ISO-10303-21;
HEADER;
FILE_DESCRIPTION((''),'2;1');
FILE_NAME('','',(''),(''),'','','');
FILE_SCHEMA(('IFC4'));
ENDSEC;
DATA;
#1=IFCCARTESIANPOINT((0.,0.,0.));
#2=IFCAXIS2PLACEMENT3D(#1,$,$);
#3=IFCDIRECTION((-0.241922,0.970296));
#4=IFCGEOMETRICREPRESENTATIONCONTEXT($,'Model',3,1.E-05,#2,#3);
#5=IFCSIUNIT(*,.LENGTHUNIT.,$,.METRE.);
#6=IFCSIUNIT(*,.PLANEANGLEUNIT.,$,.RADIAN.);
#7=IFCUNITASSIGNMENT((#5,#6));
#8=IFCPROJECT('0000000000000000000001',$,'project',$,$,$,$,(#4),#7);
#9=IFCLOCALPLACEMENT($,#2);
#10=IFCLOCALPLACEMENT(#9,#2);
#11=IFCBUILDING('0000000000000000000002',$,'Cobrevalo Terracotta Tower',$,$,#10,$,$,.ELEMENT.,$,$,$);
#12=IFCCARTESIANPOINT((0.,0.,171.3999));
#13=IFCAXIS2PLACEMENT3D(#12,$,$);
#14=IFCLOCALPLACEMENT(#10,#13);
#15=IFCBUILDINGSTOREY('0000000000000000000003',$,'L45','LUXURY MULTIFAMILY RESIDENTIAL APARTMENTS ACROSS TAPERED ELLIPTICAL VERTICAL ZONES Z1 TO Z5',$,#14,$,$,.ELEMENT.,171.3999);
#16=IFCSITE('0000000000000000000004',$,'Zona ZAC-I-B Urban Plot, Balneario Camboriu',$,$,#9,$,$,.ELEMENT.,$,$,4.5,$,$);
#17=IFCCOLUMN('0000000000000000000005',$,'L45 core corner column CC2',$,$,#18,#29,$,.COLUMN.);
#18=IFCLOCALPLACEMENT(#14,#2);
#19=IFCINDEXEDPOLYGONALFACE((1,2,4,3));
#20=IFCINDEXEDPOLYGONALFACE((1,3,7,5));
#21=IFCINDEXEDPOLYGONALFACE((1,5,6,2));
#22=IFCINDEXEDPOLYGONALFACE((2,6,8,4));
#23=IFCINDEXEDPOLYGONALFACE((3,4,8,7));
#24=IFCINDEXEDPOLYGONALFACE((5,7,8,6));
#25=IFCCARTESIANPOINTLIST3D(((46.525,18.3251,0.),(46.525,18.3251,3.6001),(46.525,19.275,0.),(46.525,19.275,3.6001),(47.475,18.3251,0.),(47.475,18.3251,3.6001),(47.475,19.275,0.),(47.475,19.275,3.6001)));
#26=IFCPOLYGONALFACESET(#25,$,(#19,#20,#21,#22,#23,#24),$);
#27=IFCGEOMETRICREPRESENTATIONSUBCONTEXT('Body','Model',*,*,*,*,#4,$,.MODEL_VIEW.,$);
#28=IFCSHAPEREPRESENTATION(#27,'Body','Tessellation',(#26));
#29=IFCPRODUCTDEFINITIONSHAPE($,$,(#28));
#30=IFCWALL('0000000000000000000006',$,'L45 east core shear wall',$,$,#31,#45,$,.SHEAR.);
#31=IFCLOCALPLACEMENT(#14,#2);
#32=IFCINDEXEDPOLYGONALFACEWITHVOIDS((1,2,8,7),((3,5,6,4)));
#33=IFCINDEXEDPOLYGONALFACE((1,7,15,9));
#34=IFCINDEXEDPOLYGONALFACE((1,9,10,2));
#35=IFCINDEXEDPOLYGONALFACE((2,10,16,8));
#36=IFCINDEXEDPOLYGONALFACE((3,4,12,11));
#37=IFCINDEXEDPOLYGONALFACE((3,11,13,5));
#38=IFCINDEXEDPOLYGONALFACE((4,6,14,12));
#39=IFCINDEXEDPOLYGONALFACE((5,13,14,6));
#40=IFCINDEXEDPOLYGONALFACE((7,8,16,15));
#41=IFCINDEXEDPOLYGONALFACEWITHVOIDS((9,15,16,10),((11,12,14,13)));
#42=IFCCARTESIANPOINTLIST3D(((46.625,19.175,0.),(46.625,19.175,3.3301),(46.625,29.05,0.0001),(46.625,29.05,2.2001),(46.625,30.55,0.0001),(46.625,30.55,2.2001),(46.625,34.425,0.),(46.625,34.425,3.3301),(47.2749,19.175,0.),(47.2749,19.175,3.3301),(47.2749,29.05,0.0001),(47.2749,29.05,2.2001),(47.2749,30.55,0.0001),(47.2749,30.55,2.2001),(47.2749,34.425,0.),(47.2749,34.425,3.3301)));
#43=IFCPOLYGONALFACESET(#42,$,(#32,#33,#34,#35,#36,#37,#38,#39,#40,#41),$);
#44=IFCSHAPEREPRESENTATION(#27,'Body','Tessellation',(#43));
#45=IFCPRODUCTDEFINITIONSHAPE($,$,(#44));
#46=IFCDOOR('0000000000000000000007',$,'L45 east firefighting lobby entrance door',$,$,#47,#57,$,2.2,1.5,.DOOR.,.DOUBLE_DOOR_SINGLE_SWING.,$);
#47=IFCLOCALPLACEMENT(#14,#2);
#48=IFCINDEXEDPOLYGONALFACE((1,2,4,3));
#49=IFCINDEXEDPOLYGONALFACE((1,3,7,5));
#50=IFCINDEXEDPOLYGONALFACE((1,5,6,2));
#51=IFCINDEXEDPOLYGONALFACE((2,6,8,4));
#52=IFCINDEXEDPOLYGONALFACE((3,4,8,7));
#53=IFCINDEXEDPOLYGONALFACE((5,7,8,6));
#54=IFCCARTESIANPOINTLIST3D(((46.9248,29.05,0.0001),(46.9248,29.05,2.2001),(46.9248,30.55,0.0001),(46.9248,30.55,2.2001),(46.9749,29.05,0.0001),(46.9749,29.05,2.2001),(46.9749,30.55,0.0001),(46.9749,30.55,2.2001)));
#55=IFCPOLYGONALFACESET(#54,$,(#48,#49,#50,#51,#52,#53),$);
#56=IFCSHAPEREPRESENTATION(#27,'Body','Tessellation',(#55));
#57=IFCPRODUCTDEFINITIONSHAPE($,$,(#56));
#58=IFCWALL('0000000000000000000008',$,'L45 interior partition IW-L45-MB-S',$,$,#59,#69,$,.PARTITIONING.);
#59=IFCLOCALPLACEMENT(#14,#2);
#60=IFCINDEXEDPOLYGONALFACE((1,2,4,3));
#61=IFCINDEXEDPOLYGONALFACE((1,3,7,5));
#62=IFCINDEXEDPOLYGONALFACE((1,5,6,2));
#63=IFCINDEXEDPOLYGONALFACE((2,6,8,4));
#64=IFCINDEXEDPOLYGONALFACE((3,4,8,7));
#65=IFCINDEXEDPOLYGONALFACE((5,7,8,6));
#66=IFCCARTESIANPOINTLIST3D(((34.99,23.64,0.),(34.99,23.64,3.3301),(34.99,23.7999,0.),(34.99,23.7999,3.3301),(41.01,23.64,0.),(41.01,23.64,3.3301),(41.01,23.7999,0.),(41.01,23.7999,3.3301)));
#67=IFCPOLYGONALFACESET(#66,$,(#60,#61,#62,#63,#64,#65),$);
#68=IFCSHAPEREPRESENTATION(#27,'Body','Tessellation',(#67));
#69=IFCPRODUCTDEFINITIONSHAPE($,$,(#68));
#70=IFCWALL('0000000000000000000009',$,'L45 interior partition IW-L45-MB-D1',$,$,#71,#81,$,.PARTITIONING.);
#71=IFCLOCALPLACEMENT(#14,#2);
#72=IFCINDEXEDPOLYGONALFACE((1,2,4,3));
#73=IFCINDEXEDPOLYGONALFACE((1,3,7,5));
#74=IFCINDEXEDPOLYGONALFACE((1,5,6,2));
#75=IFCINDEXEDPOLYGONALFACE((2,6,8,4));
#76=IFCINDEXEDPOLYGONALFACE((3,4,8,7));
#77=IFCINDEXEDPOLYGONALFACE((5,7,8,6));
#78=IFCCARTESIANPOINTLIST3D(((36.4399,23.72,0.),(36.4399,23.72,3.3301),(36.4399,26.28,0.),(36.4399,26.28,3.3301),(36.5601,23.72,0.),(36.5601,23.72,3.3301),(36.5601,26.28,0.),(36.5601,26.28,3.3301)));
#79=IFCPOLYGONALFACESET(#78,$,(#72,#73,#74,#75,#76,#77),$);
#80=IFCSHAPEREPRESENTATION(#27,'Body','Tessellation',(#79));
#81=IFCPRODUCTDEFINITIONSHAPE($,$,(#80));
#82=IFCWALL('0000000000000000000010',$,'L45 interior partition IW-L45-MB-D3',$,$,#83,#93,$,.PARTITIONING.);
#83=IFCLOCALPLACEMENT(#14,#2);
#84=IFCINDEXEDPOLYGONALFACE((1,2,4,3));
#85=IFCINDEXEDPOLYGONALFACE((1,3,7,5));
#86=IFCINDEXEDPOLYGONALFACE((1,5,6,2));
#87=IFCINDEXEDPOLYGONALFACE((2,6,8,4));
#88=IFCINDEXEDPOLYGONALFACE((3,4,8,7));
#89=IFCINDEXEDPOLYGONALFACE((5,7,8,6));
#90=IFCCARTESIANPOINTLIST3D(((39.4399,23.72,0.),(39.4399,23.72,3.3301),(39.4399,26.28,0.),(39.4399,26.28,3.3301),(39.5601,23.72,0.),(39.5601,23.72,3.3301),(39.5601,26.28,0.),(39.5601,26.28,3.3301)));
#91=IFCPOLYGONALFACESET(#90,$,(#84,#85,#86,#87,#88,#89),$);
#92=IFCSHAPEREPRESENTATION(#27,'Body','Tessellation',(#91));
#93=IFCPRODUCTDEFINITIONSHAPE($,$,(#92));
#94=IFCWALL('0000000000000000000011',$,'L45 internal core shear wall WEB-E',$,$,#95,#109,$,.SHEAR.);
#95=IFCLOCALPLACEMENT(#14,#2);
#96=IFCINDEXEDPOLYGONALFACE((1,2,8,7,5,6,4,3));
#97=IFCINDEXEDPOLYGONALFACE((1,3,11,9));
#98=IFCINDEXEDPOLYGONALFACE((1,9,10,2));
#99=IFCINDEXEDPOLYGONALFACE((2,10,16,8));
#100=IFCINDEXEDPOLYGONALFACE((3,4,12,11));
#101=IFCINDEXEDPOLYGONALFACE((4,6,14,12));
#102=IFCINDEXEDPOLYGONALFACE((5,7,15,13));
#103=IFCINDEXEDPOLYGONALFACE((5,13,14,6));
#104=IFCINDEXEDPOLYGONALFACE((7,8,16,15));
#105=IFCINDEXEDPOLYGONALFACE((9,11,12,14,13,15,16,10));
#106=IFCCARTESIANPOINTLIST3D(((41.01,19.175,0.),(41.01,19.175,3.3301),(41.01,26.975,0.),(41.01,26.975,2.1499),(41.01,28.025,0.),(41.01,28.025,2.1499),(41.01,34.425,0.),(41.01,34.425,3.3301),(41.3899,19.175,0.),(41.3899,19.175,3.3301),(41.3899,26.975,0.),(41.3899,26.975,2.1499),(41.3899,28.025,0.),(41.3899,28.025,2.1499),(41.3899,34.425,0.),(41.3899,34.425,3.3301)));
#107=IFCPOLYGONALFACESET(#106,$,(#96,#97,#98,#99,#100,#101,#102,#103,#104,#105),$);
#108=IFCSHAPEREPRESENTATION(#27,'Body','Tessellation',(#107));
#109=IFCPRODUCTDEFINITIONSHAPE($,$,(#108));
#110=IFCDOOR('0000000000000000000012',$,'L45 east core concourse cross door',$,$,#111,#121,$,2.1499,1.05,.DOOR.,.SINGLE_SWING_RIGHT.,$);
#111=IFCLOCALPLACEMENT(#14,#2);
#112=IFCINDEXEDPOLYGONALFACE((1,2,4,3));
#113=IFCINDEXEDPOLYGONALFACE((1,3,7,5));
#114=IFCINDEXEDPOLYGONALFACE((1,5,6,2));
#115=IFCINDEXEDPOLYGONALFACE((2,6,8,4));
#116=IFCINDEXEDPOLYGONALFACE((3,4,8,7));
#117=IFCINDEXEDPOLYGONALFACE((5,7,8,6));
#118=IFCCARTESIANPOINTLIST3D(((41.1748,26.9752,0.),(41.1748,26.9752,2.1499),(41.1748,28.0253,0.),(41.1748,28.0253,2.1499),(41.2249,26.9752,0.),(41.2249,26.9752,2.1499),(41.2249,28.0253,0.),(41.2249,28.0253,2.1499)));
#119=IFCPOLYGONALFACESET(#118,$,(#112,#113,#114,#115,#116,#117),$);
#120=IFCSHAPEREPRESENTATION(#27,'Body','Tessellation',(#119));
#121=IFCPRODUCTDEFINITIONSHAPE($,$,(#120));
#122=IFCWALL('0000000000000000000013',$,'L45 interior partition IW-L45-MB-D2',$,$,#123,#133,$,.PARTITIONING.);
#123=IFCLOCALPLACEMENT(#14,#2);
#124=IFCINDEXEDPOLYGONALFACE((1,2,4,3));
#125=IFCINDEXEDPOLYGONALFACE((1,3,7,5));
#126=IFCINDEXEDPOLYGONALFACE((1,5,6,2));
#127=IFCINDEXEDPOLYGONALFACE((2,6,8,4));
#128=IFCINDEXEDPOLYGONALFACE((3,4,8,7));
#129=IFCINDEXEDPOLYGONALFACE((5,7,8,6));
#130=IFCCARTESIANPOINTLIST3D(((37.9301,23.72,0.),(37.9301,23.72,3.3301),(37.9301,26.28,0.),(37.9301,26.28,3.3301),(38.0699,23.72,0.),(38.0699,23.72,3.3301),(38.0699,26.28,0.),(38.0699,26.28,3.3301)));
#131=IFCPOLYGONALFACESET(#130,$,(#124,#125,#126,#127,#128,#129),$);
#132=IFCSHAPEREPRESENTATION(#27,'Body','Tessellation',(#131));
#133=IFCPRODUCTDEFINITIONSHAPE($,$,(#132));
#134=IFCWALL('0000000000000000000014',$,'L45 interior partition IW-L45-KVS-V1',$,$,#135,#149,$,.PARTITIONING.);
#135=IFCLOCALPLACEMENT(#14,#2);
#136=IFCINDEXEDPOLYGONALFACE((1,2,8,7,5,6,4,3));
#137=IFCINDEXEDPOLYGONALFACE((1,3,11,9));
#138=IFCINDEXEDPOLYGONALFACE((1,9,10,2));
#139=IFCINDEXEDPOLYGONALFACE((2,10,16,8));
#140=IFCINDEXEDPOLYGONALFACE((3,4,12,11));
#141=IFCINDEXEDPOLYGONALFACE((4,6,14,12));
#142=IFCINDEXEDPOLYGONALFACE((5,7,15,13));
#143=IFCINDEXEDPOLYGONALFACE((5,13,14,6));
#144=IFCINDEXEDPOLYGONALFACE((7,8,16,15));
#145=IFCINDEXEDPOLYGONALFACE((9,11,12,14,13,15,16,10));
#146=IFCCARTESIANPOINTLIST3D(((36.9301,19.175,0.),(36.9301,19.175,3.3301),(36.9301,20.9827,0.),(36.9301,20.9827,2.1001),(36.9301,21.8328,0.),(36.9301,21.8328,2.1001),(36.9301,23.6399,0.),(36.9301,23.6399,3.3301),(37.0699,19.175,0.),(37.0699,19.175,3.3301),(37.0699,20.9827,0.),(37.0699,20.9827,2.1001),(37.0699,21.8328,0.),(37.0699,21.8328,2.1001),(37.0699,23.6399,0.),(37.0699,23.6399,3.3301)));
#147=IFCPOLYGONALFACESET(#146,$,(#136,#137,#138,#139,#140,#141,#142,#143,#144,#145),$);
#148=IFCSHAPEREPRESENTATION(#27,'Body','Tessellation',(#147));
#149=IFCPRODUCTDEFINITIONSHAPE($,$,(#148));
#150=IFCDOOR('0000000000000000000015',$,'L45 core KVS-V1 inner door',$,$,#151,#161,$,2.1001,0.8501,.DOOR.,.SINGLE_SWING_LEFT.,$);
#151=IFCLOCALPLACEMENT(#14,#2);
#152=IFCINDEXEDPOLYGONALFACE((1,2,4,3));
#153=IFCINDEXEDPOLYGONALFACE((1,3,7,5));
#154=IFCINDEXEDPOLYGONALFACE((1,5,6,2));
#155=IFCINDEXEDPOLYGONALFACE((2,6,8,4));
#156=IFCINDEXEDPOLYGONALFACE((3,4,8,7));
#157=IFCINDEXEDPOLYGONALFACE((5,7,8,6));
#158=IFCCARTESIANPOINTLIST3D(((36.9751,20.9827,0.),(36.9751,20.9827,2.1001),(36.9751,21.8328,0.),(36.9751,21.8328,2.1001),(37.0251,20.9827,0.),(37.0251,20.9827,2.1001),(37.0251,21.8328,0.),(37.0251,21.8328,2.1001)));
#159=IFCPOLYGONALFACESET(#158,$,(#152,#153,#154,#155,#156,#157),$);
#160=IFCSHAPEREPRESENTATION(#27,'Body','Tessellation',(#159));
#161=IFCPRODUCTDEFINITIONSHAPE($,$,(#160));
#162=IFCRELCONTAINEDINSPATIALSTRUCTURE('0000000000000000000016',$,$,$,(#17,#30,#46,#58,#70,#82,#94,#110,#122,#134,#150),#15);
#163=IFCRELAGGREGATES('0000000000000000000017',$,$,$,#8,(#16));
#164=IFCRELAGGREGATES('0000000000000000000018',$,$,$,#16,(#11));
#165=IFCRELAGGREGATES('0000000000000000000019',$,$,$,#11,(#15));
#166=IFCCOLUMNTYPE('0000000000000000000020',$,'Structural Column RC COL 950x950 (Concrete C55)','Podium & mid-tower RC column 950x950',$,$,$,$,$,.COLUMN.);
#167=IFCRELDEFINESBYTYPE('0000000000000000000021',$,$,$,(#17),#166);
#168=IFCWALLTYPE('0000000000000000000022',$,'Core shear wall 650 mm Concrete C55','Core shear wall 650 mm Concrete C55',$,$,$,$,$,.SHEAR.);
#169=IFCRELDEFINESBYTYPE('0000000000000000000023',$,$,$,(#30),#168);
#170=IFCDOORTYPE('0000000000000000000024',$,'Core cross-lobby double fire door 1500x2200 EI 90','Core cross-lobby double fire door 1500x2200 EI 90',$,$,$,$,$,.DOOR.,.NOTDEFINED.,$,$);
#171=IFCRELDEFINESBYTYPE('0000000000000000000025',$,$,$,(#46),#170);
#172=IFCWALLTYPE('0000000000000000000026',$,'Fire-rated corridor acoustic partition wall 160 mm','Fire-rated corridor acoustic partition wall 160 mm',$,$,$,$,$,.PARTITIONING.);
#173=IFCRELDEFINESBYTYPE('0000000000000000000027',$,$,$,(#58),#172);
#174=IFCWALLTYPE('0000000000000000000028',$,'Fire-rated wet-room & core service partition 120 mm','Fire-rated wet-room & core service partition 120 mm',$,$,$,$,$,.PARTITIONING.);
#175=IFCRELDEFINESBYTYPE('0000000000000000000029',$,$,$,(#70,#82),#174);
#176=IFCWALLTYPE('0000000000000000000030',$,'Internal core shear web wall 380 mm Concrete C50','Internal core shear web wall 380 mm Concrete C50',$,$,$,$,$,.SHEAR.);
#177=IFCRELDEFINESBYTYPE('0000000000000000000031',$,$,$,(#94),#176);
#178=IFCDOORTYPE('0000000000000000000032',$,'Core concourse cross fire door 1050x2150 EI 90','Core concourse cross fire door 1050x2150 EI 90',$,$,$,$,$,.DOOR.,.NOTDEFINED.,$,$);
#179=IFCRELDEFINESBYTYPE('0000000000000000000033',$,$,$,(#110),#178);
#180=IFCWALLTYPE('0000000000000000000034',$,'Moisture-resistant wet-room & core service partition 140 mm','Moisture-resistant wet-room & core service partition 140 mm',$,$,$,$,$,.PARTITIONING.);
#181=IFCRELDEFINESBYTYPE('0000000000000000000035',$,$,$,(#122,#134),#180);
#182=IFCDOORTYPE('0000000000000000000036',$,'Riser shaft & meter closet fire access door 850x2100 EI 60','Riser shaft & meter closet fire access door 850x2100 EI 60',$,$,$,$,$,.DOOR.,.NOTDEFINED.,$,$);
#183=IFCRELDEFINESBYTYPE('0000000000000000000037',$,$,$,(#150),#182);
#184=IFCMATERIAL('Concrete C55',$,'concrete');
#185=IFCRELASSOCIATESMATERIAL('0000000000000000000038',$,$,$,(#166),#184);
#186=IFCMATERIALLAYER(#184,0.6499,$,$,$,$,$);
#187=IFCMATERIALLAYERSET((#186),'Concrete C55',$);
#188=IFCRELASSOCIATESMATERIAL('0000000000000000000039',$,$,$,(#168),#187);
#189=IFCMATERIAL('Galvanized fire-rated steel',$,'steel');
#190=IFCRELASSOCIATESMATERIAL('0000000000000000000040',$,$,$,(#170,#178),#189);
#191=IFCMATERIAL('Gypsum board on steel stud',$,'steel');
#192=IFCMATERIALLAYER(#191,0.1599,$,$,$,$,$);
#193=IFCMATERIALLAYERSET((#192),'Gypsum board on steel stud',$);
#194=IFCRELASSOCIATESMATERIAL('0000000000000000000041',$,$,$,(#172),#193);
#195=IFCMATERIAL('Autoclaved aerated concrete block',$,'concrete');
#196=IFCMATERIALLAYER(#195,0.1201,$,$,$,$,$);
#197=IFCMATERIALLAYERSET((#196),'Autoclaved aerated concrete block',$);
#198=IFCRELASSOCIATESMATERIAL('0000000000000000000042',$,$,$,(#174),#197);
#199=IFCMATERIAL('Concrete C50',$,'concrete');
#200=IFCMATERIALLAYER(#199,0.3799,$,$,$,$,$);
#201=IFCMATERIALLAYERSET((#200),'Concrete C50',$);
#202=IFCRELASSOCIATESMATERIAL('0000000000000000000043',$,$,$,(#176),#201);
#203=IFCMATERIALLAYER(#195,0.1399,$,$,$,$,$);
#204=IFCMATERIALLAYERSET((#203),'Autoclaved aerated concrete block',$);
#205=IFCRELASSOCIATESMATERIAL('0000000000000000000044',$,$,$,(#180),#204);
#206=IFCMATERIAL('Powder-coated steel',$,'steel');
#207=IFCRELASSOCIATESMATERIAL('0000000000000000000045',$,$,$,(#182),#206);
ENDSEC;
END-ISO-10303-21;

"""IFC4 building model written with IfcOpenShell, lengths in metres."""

from ifc_helpers import new_model, si_unit, direction, frame, frame_2d, origin, origin_2d, place, context, subcontext, project, spatial, rectangle, extrude, source, transform, mapped, material, layer, layer_set, material_profile, profile_set, type_object, element, fill, save


model = new_model("IFC4")

# Units and contexts
model_context = context("Model", 3, precision=1e-05, world=origin(), true_north=direction((-0.241922, 0.970296)))
body_context = subcontext(model_context, "Body", "Model", "MODEL_VIEW")
ifc_project = project(units=[si_unit("LENGTHUNIT", "METRE"), si_unit("PLANEANGLEUNIT", "RADIAN")], contexts=[model_context])

# Site, building, storey
site_placement = place(None, origin())
site = spatial("IfcSite", under=ifc_project, at=site_placement, Name="Zona ZAC-I-B Urban Plot, Balneario Camboriu", CompositionType="ELEMENT", RefElevation=4.5)
building_placement = place(site_placement, origin())
building = spatial("IfcBuilding", under=site, at=building_placement, Name="Cobrevalo Terracotta Tower", CompositionType="ELEMENT")
storey_placement = place(building_placement, frame((0.0, 0.0, 171.3999)))
storey = spatial("IfcBuildingStorey", under=building, at=storey_placement, Name="L45", Description="LUXURY MULTIFAMILY RESIDENTIAL APARTMENTS ACROSS TAPERED ELLIPTICAL VERTICAL ZONES Z1 TO Z5", CompositionType="ELEMENT", Elevation=171.3999)

# Column
ifc_material_1 = material(Name="Concrete C55", Category="concrete")
ifc_material_profile = material_profile(ifc_material_1, rectangle(XDim=0.95, YDim=0.95, at=origin_2d()), Name="RC COL 950x950")
ifc_profile_set = profile_set([ifc_material_profile], Name="Concrete C55")
column_type = type_object("IfcColumnType", Name="Structural Column RC COL 950x950 (Concrete C55)", Description="Podium & mid-tower RC column 950x950", PredefinedType="COLUMN", material=ifc_profile_set)
column_placement = place(storey_placement, frame((47.0, 18.8, 0.0), z_axis=(0.0, 0.0, 1.0), x_axis=(1.0, 0.0, 0.0)))
element("IfcColumn", 1, at=column_placement, inside=storey, type_object=column_type, Name="L45 core corner column CC2", PredefinedType="COLUMN", context=body_context, shape_type="SweptSolid", body=[
    extrude(rectangle(XDim=0.95, YDim=0.95, at=origin_2d()), origin(), (0.0, 0.0, 1.0), 3.6001),
])

# Wall, opening, door
ifc_layer_1 = layer(ifc_material_1, 0.6499)
ifc_layer_set_1 = layer_set([ifc_layer_1], Name="Concrete C55")
wall_type_1 = type_object("IfcWallType", Name="Core shear wall 650 mm Concrete C55", Description="Core shear wall 650 mm Concrete C55", PredefinedType="SHEAR", material=ifc_layer_set_1)
wall_1_placement = place(storey_placement, frame((46.95, 19.175, 0.0), z_axis=(0.0, 0.0, 1.0), x_axis=(0.0, 1.0, 0.0)))
wall_1 = element("IfcWall", 2, at=wall_1_placement, inside=storey, type_object=wall_type_1, Name="L45 east core shear wall", PredefinedType="SHEAR", context=body_context, shape_type="SweptSolid", body=[
    extrude(rectangle(XDim=15.25, YDim=0.6499, at=frame_2d((7.625, 0.0))), origin(), (0.0, 0.0, 1.0), 3.3301),
])
opening_1_placement = place(wall_1_placement, frame((9.875, 0.0, 0.0)))
opening_1 = element("IfcOpeningElement", 3, at=opening_1_placement, cuts=wall_1, PredefinedType="OPENING", context=body_context, shape_type="SweptSolid", body=[
    extrude(rectangle(XDim=1.5, YDim=2.2, at=frame_2d((0.75, 1.1001))), frame((0.0, 0.335, 0.0), z_axis=(0.0, -1.0, 0.0), x_axis=(1.0, 0.0, 0.0)), (0.0, 0.0, 1.0), 0.6699),
])
ifc_material_2 = material(Name="Galvanized fire-rated steel", Category="steel")
door_type_1 = type_object("IfcDoorType", Name="Core cross-lobby double fire door 1500x2200 EI 90", Description="Core cross-lobby double fire door 1500x2200 EI 90", OperationType="NOTDEFINED", PredefinedType="DOOR", material=ifc_material_2)
shared_shape_1 = source(origin(), body_context, "Body", "SweptSolid", [
    extrude(rectangle(XDim=1.5, YDim=2.2, at=frame_2d((0.75, 1.1001))), frame((0.0, 0.0249, 0.0), z_axis=(0.0, -1.0, 0.0), x_axis=(1.0, 0.0, 0.0)), (0.0, 0.0, 1.0), 0.05),
])
door_1_placement = place(opening_1_placement, frame((1.5, 0.0, 0.0), z_axis=(0.0, 0.0, 1.0), x_axis=(-1.0, 0.0, 0.0)))
door_1 = element("IfcDoor", 4, at=door_1_placement, inside=storey, type_object=door_type_1, Name="L45 east firefighting lobby entrance door", OperationType="DOUBLE_DOOR_SINGLE_SWING", OverallHeight=2.2, OverallWidth=1.5, PredefinedType="DOOR", context=body_context, shape_type="MappedRepresentation", body=[
    mapped(shared_shape_1, transform((0.0, 0.0, 0.0), scale=1.0)),
])
fill(opening_1, door_1)

# Walls
ifc_material_3 = material(Name="Gypsum board on steel stud", Category="steel")
ifc_layer_2 = layer(ifc_material_3, 0.1599)
ifc_layer_set_2 = layer_set([ifc_layer_2], Name="Gypsum board on steel stud")
wall_type_2 = type_object("IfcWallType", Name="Fire-rated corridor acoustic partition wall 160 mm", Description="Fire-rated corridor acoustic partition wall 160 mm", PredefinedType="PARTITIONING", material=ifc_layer_set_2)
wall_2_placement = place(storey_placement, frame((34.99, 23.72, 0.0), z_axis=(0.0, 0.0, 1.0), x_axis=(1.0, 0.0, 0.0)))
element("IfcWall", 5, at=wall_2_placement, inside=storey, type_object=wall_type_2, Name="L45 interior partition IW-L45-MB-S", PredefinedType="PARTITIONING", context=body_context, shape_type="SweptSolid", body=[
    extrude(rectangle(XDim=6.02, YDim=0.1599, at=frame_2d((3.01, 0.0))), origin(), (0.0, 0.0, 1.0), 3.3301),
])
ifc_material_4 = material(Name="Autoclaved aerated concrete block", Category="concrete")
ifc_layer_3 = layer(ifc_material_4, 0.1201)
ifc_layer_set_3 = layer_set([ifc_layer_3], Name="Autoclaved aerated concrete block")
wall_type_3 = type_object("IfcWallType", Name="Fire-rated wet-room & core service partition 120 mm", Description="Fire-rated wet-room & core service partition 120 mm", PredefinedType="PARTITIONING", material=ifc_layer_set_3)
for number, where, z_axis, x_axis, name in (
    (6, (36.5, 23.72, 0.0), (0.0, 0.0, 1.0), (0.0, 1.0, 0.0), "L45 interior partition IW-L45-MB-D1"),
    (7, (39.5, 23.72, 0.0), (0.0, 0.0, 1.0), (0.0, 1.0, 0.0), "L45 interior partition IW-L45-MB-D3"),
):
    element("IfcWall", number, at=place(storey_placement, frame(where, z_axis=z_axis, x_axis=x_axis)), inside=storey, type_object=wall_type_3, Name=name, PredefinedType="PARTITIONING", context=body_context, shape_type="SweptSolid", body=[
        extrude(rectangle(XDim=2.5601, YDim=0.1201, at=frame_2d((1.28, 0.0))), origin(), (0.0, 0.0, 1.0), 3.3301),
    ])

# Wall, opening, door
ifc_material_5 = material(Name="Concrete C50", Category="concrete")
ifc_layer_4 = layer(ifc_material_5, 0.3799)
ifc_layer_set_4 = layer_set([ifc_layer_4], Name="Concrete C50")
wall_type_4 = type_object("IfcWallType", Name="Internal core shear web wall 380 mm Concrete C50", Description="Internal core shear web wall 380 mm Concrete C50", PredefinedType="SHEAR", material=ifc_layer_set_4)
wall_3_placement = place(storey_placement, frame((41.2, 19.175, 0.0), z_axis=(0.0, 0.0, 1.0), x_axis=(0.0, 1.0, 0.0)))
wall_3 = element("IfcWall", 8, at=wall_3_placement, inside=storey, type_object=wall_type_4, Name="L45 internal core shear wall WEB-E", PredefinedType="SHEAR", context=body_context, shape_type="SweptSolid", body=[
    extrude(rectangle(XDim=15.25, YDim=0.3799, at=frame_2d((7.625, 0.0))), origin(), (0.0, 0.0, 1.0), 3.3301),
])
opening_2_placement = place(wall_3_placement, frame((7.8, 0.0, 0.0)))
opening_2 = element("IfcOpeningElement", 9, at=opening_2_placement, cuts=wall_3, PredefinedType="OPENING", context=body_context, shape_type="SweptSolid", body=[
    extrude(rectangle(XDim=1.05, YDim=2.1499, at=frame_2d((0.5249, 1.075))), frame((0.0, 0.2, 0.0), z_axis=(0.0, -1.0, 0.0), x_axis=(1.0, 0.0, 0.0)), (0.0, 0.0, 1.0), 0.3999),
])
door_type_2 = type_object("IfcDoorType", Name="Core concourse cross fire door 1050x2150 EI 90", Description="Core concourse cross fire door 1050x2150 EI 90", OperationType="NOTDEFINED", PredefinedType="DOOR", material=ifc_material_2)
shared_shape_2 = source(origin(), body_context, "Body", "SweptSolid", [
    extrude(rectangle(XDim=1.05, YDim=2.1499, at=frame_2d((0.5249, 1.075))), frame((0.0, 0.0249, 0.0), z_axis=(0.0, -1.0, 0.0), x_axis=(1.0, 0.0, 0.0)), (0.0, 0.0, 1.0), 0.05),
])
door_2_placement = place(opening_2_placement, frame((1.05, 0.0, 0.0), z_axis=(0.0, 0.0, 1.0), x_axis=(-1.0, 0.0, 0.0)))
door_2 = element("IfcDoor", 10, at=door_2_placement, inside=storey, type_object=door_type_2, Name="L45 east core concourse cross door", OperationType="SINGLE_SWING_RIGHT", OverallHeight=2.1499, OverallWidth=1.05, PredefinedType="DOOR", context=body_context, shape_type="MappedRepresentation", body=[
    mapped(shared_shape_2, transform((0.0, 0.0, 0.0), scale=1.0)),
])
fill(opening_2, door_2)

# Wall
ifc_layer_5 = layer(ifc_material_4, 0.1399)
ifc_layer_set_5 = layer_set([ifc_layer_5], Name="Autoclaved aerated concrete block")
wall_type_5 = type_object("IfcWallType", Name="Moisture-resistant wet-room & core service partition 140 mm", Description="Moisture-resistant wet-room & core service partition 140 mm", PredefinedType="PARTITIONING", material=ifc_layer_set_5)
wall_4_placement = place(storey_placement, frame((38.0, 23.72, 0.0), z_axis=(0.0, 0.0, 1.0), x_axis=(0.0, 1.0, 0.0)))
element("IfcWall", 11, at=wall_4_placement, inside=storey, type_object=wall_type_5, Name="L45 interior partition IW-L45-MB-D2", PredefinedType="PARTITIONING", context=body_context, shape_type="SweptSolid", body=[
    extrude(rectangle(XDim=2.5601, YDim=0.1399, at=frame_2d((1.28, 0.0))), origin(), (0.0, 0.0, 1.0), 3.3301),
])

# Wall, opening, door
wall_5_placement = place(storey_placement, frame((37.0, 19.175, 0.0), z_axis=(0.0, 0.0, 1.0), x_axis=(0.0, 1.0, 0.0)))
wall_5 = element("IfcWall", 12, at=wall_5_placement, inside=storey, type_object=wall_type_5, Name="L45 interior partition IW-L45-KVS-V1", PredefinedType="PARTITIONING", context=body_context, shape_type="SweptSolid", body=[
    extrude(rectangle(XDim=4.4648, YDim=0.1399, at=frame_2d((2.2324, 0.0))), origin(), (0.0, 0.0, 1.0), 3.3301),
])
opening_3_placement = place(wall_5_placement, frame((1.8076, 0.0, 0.0)))
opening_3 = element("IfcOpeningElement", 13, at=opening_3_placement, cuts=wall_5, PredefinedType="OPENING", context=body_context, shape_type="SweptSolid", body=[
    extrude(rectangle(XDim=0.8501, YDim=2.1001, at=frame_2d((0.425, 1.05))), frame((0.0, 0.0801, 0.0), z_axis=(0.0, -1.0, 0.0), x_axis=(1.0, 0.0, 0.0)), (0.0, 0.0, 1.0), 0.1599),
])
ifc_material_6 = material(Name="Powder-coated steel", Category="steel")
door_type_3 = type_object("IfcDoorType", Name="Riser shaft & meter closet fire access door 850x2100 EI 60", Description="Riser shaft & meter closet fire access door 850x2100 EI 60", OperationType="NOTDEFINED", PredefinedType="DOOR", material=ifc_material_6)
shared_shape_3 = source(origin(), body_context, "Body", "SweptSolid", [
    extrude(rectangle(XDim=0.8501, YDim=2.1001, at=frame_2d((0.425, 1.05))), frame((0.0, 0.0249, 0.0), z_axis=(0.0, -1.0, 0.0), x_axis=(1.0, 0.0, 0.0)), (0.0, 0.0, 1.0), 0.05),
])
door_3_placement = place(opening_3_placement, origin())
door_3 = element("IfcDoor", 14, at=door_3_placement, inside=storey, type_object=door_type_3, Name="L45 core KVS-V1 inner door", OperationType="SINGLE_SWING_LEFT", OverallHeight=2.1001, OverallWidth=0.8501, PredefinedType="DOOR", context=body_context, shape_type="MappedRepresentation", body=[
    mapped(shared_shape_3, transform((0.0, 0.0, 0.0), scale=1.0)),
])
fill(opening_3, door_3)

save(model, "model.ifc")
